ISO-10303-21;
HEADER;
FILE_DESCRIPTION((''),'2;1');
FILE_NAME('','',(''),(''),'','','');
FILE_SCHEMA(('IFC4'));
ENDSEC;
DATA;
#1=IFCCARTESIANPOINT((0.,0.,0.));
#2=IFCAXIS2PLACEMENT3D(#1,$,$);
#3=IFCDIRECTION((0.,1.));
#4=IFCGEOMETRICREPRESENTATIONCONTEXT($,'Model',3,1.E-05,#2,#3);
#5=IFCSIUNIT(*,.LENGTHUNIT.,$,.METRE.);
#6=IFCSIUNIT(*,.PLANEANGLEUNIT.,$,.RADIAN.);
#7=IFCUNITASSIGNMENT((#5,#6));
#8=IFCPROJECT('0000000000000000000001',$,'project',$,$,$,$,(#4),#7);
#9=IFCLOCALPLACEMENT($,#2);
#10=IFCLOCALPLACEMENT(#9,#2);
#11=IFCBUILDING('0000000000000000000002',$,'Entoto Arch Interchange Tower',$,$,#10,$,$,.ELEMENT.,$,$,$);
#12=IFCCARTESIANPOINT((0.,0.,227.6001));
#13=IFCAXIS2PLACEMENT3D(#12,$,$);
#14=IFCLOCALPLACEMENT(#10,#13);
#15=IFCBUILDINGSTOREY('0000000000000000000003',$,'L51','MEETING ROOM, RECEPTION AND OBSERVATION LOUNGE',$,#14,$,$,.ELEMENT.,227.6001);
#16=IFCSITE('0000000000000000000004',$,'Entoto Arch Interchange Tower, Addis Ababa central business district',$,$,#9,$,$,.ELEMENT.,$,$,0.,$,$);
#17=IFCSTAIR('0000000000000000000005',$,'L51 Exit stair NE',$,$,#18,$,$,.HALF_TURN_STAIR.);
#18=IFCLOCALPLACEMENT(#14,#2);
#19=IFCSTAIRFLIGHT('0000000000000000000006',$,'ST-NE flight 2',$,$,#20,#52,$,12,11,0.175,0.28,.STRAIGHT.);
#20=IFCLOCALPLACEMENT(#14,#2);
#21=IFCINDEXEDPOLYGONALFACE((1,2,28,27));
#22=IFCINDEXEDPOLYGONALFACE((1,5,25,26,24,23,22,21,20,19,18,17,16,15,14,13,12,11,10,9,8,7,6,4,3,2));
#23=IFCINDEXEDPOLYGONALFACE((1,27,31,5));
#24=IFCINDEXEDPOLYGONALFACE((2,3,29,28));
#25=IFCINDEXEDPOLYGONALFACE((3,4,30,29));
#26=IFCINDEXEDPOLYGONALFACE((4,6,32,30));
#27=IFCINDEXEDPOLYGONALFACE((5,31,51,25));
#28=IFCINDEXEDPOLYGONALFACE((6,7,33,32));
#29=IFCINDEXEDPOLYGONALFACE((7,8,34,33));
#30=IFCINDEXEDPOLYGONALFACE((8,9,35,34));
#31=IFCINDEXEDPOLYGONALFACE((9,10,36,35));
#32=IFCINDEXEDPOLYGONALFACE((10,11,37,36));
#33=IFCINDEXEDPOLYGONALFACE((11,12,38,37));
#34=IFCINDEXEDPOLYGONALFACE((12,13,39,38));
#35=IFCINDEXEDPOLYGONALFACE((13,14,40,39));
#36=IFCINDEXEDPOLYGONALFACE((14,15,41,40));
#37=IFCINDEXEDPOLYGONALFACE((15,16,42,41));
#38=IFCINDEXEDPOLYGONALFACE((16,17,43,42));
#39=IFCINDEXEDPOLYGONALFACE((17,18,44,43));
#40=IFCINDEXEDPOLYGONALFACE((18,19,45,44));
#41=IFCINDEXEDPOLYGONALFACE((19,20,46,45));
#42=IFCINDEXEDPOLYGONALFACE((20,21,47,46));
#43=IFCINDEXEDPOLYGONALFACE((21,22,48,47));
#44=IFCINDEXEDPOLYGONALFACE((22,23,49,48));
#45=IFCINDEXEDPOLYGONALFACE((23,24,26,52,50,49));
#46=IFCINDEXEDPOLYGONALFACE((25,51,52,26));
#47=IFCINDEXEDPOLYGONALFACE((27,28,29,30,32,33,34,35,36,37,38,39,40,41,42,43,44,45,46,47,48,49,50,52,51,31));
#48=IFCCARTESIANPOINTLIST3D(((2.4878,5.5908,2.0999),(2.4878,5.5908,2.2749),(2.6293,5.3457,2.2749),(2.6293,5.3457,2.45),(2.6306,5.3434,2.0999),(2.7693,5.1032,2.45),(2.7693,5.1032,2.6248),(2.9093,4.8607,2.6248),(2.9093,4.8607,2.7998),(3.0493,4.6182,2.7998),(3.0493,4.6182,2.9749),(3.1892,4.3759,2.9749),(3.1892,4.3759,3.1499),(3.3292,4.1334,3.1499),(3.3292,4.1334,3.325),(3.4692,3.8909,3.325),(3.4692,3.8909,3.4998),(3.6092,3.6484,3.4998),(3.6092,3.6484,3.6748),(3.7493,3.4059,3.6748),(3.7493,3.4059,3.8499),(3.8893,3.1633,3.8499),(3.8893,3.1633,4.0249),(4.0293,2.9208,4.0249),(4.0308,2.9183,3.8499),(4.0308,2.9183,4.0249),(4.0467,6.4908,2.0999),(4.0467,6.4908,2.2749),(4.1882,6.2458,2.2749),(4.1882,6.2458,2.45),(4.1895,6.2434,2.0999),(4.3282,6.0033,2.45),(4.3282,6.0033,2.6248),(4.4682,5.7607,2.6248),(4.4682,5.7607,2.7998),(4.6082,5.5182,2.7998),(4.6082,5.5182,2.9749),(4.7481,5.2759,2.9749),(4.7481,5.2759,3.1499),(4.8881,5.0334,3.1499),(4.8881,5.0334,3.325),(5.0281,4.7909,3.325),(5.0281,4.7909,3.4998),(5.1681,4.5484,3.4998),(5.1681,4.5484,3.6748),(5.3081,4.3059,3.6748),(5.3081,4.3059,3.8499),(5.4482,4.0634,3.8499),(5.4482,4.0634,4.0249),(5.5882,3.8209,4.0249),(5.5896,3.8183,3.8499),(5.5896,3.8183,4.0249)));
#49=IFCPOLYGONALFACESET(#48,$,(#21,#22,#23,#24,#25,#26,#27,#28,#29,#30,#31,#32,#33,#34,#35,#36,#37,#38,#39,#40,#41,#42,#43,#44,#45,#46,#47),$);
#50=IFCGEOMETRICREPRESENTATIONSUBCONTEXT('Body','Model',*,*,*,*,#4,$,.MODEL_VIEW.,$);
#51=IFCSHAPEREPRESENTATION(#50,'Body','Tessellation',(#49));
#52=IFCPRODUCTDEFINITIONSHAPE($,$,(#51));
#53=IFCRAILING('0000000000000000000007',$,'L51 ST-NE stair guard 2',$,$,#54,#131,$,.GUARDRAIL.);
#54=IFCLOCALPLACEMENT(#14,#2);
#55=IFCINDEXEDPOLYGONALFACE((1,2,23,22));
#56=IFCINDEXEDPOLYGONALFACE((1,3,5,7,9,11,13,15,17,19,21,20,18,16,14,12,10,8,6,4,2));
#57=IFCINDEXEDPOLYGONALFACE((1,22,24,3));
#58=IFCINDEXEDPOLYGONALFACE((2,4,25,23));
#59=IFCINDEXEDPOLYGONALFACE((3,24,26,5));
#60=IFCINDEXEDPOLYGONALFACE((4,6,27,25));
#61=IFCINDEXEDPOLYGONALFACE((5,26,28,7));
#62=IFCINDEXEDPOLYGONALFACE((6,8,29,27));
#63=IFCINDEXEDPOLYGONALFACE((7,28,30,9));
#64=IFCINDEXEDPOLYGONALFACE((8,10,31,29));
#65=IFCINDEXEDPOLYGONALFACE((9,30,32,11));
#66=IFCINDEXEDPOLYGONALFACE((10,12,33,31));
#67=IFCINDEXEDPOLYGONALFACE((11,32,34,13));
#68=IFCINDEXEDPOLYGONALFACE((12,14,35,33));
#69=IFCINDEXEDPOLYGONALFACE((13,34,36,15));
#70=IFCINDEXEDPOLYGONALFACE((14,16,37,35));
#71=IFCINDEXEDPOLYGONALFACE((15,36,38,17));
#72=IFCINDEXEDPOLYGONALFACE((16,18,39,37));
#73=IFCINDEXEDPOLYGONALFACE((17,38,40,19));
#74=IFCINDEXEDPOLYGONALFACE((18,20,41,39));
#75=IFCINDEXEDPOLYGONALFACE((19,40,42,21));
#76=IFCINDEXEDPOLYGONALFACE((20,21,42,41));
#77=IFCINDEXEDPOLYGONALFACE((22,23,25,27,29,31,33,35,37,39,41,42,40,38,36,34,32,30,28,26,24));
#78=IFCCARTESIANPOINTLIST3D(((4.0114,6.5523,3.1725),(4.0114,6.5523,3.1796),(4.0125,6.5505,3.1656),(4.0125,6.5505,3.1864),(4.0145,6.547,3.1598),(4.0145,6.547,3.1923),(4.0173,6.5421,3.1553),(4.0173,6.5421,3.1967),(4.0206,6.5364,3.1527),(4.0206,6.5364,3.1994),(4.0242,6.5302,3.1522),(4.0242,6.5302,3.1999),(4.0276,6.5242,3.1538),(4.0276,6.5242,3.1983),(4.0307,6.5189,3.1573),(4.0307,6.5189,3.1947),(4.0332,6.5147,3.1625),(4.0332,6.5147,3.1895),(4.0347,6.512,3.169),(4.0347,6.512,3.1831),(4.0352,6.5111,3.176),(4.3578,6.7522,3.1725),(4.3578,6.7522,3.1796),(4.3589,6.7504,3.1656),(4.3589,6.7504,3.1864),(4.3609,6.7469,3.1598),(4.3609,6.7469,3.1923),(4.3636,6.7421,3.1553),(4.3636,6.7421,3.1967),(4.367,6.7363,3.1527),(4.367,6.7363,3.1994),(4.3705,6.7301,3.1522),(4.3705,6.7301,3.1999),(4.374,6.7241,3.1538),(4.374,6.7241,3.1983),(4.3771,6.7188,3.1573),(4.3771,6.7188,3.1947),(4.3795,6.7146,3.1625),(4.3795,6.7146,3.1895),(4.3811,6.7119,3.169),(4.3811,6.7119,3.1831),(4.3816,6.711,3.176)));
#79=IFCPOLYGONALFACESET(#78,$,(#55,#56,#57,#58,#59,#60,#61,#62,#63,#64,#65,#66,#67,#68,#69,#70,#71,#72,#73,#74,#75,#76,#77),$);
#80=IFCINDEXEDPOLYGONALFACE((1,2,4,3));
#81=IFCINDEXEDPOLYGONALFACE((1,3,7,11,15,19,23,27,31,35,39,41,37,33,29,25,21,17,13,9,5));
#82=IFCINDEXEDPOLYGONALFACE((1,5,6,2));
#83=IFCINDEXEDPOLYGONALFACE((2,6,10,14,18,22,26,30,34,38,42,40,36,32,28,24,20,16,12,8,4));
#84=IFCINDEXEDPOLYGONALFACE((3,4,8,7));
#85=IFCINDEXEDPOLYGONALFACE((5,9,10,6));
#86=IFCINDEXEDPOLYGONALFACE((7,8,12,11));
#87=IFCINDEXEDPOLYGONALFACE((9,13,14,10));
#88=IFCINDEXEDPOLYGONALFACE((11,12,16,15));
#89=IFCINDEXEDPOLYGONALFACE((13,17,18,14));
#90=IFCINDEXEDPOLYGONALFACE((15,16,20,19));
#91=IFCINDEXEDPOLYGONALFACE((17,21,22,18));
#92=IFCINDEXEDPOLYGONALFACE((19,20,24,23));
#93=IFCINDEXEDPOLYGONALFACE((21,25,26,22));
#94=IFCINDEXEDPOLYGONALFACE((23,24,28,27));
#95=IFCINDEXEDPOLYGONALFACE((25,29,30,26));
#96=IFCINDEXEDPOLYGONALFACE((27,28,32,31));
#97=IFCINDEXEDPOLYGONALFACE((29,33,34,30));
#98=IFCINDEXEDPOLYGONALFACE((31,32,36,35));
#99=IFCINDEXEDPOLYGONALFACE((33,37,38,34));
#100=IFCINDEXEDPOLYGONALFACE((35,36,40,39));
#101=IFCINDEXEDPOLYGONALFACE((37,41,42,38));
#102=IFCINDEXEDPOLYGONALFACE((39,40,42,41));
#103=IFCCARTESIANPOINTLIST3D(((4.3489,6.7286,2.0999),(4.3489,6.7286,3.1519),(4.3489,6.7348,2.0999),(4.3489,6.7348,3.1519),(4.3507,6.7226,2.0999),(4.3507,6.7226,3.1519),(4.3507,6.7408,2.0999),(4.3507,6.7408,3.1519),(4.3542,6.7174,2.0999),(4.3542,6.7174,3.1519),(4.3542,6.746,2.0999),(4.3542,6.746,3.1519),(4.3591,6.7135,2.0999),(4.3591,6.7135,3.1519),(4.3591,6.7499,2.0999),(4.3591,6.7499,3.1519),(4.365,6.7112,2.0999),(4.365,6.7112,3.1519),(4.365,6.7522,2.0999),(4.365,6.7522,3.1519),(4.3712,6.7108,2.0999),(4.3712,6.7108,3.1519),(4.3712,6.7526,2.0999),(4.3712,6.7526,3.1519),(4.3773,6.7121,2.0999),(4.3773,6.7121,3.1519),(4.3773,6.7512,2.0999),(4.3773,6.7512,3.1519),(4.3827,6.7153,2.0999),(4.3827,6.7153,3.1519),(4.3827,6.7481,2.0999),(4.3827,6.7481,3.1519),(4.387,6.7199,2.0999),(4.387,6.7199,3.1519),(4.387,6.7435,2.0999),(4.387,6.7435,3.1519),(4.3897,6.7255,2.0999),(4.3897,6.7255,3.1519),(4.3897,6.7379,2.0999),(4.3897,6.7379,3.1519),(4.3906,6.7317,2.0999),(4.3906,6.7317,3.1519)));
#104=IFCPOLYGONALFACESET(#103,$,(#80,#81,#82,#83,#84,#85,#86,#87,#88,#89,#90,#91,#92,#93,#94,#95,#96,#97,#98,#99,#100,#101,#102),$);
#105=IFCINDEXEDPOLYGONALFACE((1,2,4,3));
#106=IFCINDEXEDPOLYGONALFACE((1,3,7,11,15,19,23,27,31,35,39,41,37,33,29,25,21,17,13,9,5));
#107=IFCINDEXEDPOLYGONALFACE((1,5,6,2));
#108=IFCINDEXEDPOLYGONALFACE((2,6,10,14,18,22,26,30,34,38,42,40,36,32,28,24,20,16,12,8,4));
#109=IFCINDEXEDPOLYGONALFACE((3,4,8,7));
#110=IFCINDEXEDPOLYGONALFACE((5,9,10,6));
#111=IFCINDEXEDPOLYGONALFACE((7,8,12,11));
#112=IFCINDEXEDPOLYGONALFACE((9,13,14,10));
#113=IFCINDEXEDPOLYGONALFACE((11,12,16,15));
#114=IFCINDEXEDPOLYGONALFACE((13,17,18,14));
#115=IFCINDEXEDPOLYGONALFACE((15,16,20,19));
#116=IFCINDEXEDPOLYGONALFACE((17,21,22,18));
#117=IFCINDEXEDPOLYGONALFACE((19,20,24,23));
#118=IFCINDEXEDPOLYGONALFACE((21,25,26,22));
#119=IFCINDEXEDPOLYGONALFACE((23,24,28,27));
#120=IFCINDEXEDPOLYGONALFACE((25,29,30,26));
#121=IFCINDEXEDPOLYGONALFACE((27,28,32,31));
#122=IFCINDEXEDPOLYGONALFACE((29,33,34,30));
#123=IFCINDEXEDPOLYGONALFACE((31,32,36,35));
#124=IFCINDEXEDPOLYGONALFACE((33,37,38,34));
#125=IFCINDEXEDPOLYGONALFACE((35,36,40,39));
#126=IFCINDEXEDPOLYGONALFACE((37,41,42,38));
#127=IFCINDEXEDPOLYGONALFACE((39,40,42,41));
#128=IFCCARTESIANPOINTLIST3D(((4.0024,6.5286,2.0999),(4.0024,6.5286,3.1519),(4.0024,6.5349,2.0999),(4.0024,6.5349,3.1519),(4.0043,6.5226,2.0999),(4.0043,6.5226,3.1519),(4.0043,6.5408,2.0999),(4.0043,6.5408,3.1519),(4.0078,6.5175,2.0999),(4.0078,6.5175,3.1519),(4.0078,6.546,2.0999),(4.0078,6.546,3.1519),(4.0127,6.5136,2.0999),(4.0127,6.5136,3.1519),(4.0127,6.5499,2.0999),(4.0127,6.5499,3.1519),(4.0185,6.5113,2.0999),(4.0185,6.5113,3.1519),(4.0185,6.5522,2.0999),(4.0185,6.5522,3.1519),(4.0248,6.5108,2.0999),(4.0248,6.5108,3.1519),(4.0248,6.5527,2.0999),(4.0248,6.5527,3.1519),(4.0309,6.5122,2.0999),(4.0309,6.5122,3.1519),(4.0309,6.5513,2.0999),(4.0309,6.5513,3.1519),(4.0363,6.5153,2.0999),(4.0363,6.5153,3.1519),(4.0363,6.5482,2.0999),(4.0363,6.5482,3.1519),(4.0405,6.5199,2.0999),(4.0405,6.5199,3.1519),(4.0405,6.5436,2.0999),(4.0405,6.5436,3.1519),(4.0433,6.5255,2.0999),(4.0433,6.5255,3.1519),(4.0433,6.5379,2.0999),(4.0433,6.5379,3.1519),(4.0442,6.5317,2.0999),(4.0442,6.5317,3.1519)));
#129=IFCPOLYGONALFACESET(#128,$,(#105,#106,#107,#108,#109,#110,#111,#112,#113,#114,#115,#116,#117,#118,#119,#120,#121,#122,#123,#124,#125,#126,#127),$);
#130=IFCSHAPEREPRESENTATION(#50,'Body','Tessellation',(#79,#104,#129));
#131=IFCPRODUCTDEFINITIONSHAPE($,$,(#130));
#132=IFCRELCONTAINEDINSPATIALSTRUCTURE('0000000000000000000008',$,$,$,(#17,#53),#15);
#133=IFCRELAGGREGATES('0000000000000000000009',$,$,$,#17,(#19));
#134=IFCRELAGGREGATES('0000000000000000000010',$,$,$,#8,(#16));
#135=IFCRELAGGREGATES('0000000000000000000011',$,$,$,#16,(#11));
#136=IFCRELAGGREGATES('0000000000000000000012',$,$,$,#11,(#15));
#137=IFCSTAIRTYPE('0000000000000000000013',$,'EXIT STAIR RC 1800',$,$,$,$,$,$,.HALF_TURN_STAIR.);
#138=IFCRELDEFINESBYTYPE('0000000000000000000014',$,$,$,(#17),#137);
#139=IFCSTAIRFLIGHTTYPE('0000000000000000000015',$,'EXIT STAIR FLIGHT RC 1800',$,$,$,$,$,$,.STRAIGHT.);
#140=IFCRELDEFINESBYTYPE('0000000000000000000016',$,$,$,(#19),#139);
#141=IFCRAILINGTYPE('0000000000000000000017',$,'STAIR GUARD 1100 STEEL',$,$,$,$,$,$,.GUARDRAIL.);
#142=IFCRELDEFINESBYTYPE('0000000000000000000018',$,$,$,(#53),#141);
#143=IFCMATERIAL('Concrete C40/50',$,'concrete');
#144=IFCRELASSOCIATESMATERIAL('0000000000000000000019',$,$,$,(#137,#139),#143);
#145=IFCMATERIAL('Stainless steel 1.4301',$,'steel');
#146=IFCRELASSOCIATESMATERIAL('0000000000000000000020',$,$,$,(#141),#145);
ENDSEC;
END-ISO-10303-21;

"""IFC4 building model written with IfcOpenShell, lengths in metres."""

from ifc_helpers import new_model, si_unit, direction, frame, origin, origin_2d, place, context, subcontext, project, spatial, polyline, circle, outline, extrude, material, type_object, element, aggregate, save


model = new_model("IFC4")

# Units and contexts
model_context = context("Model", 3, precision=1e-05, world=origin(), true_north=direction((0.0, 1.0)))
body_context = subcontext(model_context, "Body", "Model", "MODEL_VIEW")
ifc_project = project(units=[si_unit("LENGTHUNIT", "METRE"), si_unit("PLANEANGLEUNIT", "RADIAN")], contexts=[model_context])

# Site, building, storey
site_placement = place(None, origin())
site = spatial("IfcSite", under=ifc_project, at=site_placement, Name="Entoto Arch Interchange Tower, Addis Ababa central business district", CompositionType="ELEMENT", RefElevation=0.0)
building_placement = place(site_placement, origin())
building = spatial("IfcBuilding", under=site, at=building_placement, Name="Entoto Arch Interchange Tower", CompositionType="ELEMENT")
storey_placement = place(building_placement, frame((0.0, 0.0, 227.6001)))
storey = spatial("IfcBuildingStorey", under=building, at=storey_placement, Name="L51", Description="MEETING ROOM, RECEPTION AND OBSERVATION LOUNGE", CompositionType="ELEMENT", Elevation=227.6001)

# Stair
ifc_material_1 = material(Name="Concrete C40/50", Category="concrete")
stair_type = type_object("IfcStairType", Name="EXIT STAIR RC 1800", PredefinedType="HALF_TURN_STAIR", material=ifc_material_1)
stair_1_placement = place(storey_placement, origin())
stair_1 = element("IfcStair", 1, at=stair_1_placement, inside=storey, type_object=stair_type, Name="L51 Exit stair NE", PredefinedType="HALF_TURN_STAIR")

# Stair flight
stair_flight_type = type_object("IfcStairFlightType", Name="EXIT STAIR FLIGHT RC 1800", PredefinedType="STRAIGHT", material=ifc_material_1)
stair_flight_placement = place(storey_placement, frame((3.2688, 6.0383, 2.0999), z_axis=(0.0, 0.0, 1.0), x_axis=(0.5, -0.866025, 0.0)))
stair_flight = element("IfcStairFlight", 2, at=stair_flight_placement, type_object=stair_flight_type, Name="ST-NE flight 2", NumberOfRisers=12, NumberOfTreads=11, PredefinedType="STRAIGHT", RiserHeight=0.175, TreadLength=0.28, context=body_context, shape_type="SweptSolid", body=[
    extrude(outline(polyline([(-0.0029, 0.0), (-0.0029, 0.175), (0.28, 0.175), (0.28, 0.3501), (0.5601, 0.3501), (0.5601, 0.5249), (0.8401, 0.5249), (0.8401, 0.7), (1.1201, 0.7), (1.1201, 0.875), (1.3999, 0.875), (1.3999, 1.05), (1.6799, 1.05), (1.6799, 1.2251), (1.96, 1.2251), (1.96, 1.3999), (2.24, 1.3999), (2.24, 1.575), (2.52, 1.575), (2.52, 1.75), (2.8, 1.75), (2.8, 1.925), (3.0801, 1.925), (3.083, 1.925), (3.083, 1.75), (0.2827, 0.0), (-0.0029, 0.0)])), frame((0.0, 0.8999, 0.0), z_axis=(0.0, -1.0, 0.0), x_axis=(1.0, 0.0, 0.0)), (0.0, 0.0, 1.0), 1.8),
])
aggregate(stair_1, [stair_flight])

# Railing
ifc_material_2 = material(Name="Stainless steel 1.4301", Category="steel")
railing_type_1 = type_object("IfcRailingType", Name="STAIR GUARD 1100 STEEL", PredefinedType="GUARDRAIL", material=ifc_material_2)
railing_1_placement = place(storey_placement, frame((4.3696, 6.7317, 2.0999)))
element("IfcRailing", 3, at=railing_1_placement, inside=storey, type_object=railing_type_1, Name="L51 ST-NE stair guard 2", PredefinedType="GUARDRAIL", context=body_context, shape_type="SweptSolid", body=[
    extrude(circle(Radius=0.0239, at=origin_2d()), frame((0.0, 0.0, 1.0762), z_axis=(-0.866094, -0.499881, 0.0), x_axis=(0.499881, -0.866094, 0.0)), (0.0, 0.0, 1.0), 0.3999),
    extrude(circle(Radius=0.021, at=origin_2d()), origin(), (0.0, 0.0, 1.0), 1.052),
    extrude(circle(Radius=0.021, at=origin_2d()), frame((-0.3464, -0.2, 0.0)), (0.0, 0.0, 1.0), 1.052),
])

save(model, "model.ifc")
